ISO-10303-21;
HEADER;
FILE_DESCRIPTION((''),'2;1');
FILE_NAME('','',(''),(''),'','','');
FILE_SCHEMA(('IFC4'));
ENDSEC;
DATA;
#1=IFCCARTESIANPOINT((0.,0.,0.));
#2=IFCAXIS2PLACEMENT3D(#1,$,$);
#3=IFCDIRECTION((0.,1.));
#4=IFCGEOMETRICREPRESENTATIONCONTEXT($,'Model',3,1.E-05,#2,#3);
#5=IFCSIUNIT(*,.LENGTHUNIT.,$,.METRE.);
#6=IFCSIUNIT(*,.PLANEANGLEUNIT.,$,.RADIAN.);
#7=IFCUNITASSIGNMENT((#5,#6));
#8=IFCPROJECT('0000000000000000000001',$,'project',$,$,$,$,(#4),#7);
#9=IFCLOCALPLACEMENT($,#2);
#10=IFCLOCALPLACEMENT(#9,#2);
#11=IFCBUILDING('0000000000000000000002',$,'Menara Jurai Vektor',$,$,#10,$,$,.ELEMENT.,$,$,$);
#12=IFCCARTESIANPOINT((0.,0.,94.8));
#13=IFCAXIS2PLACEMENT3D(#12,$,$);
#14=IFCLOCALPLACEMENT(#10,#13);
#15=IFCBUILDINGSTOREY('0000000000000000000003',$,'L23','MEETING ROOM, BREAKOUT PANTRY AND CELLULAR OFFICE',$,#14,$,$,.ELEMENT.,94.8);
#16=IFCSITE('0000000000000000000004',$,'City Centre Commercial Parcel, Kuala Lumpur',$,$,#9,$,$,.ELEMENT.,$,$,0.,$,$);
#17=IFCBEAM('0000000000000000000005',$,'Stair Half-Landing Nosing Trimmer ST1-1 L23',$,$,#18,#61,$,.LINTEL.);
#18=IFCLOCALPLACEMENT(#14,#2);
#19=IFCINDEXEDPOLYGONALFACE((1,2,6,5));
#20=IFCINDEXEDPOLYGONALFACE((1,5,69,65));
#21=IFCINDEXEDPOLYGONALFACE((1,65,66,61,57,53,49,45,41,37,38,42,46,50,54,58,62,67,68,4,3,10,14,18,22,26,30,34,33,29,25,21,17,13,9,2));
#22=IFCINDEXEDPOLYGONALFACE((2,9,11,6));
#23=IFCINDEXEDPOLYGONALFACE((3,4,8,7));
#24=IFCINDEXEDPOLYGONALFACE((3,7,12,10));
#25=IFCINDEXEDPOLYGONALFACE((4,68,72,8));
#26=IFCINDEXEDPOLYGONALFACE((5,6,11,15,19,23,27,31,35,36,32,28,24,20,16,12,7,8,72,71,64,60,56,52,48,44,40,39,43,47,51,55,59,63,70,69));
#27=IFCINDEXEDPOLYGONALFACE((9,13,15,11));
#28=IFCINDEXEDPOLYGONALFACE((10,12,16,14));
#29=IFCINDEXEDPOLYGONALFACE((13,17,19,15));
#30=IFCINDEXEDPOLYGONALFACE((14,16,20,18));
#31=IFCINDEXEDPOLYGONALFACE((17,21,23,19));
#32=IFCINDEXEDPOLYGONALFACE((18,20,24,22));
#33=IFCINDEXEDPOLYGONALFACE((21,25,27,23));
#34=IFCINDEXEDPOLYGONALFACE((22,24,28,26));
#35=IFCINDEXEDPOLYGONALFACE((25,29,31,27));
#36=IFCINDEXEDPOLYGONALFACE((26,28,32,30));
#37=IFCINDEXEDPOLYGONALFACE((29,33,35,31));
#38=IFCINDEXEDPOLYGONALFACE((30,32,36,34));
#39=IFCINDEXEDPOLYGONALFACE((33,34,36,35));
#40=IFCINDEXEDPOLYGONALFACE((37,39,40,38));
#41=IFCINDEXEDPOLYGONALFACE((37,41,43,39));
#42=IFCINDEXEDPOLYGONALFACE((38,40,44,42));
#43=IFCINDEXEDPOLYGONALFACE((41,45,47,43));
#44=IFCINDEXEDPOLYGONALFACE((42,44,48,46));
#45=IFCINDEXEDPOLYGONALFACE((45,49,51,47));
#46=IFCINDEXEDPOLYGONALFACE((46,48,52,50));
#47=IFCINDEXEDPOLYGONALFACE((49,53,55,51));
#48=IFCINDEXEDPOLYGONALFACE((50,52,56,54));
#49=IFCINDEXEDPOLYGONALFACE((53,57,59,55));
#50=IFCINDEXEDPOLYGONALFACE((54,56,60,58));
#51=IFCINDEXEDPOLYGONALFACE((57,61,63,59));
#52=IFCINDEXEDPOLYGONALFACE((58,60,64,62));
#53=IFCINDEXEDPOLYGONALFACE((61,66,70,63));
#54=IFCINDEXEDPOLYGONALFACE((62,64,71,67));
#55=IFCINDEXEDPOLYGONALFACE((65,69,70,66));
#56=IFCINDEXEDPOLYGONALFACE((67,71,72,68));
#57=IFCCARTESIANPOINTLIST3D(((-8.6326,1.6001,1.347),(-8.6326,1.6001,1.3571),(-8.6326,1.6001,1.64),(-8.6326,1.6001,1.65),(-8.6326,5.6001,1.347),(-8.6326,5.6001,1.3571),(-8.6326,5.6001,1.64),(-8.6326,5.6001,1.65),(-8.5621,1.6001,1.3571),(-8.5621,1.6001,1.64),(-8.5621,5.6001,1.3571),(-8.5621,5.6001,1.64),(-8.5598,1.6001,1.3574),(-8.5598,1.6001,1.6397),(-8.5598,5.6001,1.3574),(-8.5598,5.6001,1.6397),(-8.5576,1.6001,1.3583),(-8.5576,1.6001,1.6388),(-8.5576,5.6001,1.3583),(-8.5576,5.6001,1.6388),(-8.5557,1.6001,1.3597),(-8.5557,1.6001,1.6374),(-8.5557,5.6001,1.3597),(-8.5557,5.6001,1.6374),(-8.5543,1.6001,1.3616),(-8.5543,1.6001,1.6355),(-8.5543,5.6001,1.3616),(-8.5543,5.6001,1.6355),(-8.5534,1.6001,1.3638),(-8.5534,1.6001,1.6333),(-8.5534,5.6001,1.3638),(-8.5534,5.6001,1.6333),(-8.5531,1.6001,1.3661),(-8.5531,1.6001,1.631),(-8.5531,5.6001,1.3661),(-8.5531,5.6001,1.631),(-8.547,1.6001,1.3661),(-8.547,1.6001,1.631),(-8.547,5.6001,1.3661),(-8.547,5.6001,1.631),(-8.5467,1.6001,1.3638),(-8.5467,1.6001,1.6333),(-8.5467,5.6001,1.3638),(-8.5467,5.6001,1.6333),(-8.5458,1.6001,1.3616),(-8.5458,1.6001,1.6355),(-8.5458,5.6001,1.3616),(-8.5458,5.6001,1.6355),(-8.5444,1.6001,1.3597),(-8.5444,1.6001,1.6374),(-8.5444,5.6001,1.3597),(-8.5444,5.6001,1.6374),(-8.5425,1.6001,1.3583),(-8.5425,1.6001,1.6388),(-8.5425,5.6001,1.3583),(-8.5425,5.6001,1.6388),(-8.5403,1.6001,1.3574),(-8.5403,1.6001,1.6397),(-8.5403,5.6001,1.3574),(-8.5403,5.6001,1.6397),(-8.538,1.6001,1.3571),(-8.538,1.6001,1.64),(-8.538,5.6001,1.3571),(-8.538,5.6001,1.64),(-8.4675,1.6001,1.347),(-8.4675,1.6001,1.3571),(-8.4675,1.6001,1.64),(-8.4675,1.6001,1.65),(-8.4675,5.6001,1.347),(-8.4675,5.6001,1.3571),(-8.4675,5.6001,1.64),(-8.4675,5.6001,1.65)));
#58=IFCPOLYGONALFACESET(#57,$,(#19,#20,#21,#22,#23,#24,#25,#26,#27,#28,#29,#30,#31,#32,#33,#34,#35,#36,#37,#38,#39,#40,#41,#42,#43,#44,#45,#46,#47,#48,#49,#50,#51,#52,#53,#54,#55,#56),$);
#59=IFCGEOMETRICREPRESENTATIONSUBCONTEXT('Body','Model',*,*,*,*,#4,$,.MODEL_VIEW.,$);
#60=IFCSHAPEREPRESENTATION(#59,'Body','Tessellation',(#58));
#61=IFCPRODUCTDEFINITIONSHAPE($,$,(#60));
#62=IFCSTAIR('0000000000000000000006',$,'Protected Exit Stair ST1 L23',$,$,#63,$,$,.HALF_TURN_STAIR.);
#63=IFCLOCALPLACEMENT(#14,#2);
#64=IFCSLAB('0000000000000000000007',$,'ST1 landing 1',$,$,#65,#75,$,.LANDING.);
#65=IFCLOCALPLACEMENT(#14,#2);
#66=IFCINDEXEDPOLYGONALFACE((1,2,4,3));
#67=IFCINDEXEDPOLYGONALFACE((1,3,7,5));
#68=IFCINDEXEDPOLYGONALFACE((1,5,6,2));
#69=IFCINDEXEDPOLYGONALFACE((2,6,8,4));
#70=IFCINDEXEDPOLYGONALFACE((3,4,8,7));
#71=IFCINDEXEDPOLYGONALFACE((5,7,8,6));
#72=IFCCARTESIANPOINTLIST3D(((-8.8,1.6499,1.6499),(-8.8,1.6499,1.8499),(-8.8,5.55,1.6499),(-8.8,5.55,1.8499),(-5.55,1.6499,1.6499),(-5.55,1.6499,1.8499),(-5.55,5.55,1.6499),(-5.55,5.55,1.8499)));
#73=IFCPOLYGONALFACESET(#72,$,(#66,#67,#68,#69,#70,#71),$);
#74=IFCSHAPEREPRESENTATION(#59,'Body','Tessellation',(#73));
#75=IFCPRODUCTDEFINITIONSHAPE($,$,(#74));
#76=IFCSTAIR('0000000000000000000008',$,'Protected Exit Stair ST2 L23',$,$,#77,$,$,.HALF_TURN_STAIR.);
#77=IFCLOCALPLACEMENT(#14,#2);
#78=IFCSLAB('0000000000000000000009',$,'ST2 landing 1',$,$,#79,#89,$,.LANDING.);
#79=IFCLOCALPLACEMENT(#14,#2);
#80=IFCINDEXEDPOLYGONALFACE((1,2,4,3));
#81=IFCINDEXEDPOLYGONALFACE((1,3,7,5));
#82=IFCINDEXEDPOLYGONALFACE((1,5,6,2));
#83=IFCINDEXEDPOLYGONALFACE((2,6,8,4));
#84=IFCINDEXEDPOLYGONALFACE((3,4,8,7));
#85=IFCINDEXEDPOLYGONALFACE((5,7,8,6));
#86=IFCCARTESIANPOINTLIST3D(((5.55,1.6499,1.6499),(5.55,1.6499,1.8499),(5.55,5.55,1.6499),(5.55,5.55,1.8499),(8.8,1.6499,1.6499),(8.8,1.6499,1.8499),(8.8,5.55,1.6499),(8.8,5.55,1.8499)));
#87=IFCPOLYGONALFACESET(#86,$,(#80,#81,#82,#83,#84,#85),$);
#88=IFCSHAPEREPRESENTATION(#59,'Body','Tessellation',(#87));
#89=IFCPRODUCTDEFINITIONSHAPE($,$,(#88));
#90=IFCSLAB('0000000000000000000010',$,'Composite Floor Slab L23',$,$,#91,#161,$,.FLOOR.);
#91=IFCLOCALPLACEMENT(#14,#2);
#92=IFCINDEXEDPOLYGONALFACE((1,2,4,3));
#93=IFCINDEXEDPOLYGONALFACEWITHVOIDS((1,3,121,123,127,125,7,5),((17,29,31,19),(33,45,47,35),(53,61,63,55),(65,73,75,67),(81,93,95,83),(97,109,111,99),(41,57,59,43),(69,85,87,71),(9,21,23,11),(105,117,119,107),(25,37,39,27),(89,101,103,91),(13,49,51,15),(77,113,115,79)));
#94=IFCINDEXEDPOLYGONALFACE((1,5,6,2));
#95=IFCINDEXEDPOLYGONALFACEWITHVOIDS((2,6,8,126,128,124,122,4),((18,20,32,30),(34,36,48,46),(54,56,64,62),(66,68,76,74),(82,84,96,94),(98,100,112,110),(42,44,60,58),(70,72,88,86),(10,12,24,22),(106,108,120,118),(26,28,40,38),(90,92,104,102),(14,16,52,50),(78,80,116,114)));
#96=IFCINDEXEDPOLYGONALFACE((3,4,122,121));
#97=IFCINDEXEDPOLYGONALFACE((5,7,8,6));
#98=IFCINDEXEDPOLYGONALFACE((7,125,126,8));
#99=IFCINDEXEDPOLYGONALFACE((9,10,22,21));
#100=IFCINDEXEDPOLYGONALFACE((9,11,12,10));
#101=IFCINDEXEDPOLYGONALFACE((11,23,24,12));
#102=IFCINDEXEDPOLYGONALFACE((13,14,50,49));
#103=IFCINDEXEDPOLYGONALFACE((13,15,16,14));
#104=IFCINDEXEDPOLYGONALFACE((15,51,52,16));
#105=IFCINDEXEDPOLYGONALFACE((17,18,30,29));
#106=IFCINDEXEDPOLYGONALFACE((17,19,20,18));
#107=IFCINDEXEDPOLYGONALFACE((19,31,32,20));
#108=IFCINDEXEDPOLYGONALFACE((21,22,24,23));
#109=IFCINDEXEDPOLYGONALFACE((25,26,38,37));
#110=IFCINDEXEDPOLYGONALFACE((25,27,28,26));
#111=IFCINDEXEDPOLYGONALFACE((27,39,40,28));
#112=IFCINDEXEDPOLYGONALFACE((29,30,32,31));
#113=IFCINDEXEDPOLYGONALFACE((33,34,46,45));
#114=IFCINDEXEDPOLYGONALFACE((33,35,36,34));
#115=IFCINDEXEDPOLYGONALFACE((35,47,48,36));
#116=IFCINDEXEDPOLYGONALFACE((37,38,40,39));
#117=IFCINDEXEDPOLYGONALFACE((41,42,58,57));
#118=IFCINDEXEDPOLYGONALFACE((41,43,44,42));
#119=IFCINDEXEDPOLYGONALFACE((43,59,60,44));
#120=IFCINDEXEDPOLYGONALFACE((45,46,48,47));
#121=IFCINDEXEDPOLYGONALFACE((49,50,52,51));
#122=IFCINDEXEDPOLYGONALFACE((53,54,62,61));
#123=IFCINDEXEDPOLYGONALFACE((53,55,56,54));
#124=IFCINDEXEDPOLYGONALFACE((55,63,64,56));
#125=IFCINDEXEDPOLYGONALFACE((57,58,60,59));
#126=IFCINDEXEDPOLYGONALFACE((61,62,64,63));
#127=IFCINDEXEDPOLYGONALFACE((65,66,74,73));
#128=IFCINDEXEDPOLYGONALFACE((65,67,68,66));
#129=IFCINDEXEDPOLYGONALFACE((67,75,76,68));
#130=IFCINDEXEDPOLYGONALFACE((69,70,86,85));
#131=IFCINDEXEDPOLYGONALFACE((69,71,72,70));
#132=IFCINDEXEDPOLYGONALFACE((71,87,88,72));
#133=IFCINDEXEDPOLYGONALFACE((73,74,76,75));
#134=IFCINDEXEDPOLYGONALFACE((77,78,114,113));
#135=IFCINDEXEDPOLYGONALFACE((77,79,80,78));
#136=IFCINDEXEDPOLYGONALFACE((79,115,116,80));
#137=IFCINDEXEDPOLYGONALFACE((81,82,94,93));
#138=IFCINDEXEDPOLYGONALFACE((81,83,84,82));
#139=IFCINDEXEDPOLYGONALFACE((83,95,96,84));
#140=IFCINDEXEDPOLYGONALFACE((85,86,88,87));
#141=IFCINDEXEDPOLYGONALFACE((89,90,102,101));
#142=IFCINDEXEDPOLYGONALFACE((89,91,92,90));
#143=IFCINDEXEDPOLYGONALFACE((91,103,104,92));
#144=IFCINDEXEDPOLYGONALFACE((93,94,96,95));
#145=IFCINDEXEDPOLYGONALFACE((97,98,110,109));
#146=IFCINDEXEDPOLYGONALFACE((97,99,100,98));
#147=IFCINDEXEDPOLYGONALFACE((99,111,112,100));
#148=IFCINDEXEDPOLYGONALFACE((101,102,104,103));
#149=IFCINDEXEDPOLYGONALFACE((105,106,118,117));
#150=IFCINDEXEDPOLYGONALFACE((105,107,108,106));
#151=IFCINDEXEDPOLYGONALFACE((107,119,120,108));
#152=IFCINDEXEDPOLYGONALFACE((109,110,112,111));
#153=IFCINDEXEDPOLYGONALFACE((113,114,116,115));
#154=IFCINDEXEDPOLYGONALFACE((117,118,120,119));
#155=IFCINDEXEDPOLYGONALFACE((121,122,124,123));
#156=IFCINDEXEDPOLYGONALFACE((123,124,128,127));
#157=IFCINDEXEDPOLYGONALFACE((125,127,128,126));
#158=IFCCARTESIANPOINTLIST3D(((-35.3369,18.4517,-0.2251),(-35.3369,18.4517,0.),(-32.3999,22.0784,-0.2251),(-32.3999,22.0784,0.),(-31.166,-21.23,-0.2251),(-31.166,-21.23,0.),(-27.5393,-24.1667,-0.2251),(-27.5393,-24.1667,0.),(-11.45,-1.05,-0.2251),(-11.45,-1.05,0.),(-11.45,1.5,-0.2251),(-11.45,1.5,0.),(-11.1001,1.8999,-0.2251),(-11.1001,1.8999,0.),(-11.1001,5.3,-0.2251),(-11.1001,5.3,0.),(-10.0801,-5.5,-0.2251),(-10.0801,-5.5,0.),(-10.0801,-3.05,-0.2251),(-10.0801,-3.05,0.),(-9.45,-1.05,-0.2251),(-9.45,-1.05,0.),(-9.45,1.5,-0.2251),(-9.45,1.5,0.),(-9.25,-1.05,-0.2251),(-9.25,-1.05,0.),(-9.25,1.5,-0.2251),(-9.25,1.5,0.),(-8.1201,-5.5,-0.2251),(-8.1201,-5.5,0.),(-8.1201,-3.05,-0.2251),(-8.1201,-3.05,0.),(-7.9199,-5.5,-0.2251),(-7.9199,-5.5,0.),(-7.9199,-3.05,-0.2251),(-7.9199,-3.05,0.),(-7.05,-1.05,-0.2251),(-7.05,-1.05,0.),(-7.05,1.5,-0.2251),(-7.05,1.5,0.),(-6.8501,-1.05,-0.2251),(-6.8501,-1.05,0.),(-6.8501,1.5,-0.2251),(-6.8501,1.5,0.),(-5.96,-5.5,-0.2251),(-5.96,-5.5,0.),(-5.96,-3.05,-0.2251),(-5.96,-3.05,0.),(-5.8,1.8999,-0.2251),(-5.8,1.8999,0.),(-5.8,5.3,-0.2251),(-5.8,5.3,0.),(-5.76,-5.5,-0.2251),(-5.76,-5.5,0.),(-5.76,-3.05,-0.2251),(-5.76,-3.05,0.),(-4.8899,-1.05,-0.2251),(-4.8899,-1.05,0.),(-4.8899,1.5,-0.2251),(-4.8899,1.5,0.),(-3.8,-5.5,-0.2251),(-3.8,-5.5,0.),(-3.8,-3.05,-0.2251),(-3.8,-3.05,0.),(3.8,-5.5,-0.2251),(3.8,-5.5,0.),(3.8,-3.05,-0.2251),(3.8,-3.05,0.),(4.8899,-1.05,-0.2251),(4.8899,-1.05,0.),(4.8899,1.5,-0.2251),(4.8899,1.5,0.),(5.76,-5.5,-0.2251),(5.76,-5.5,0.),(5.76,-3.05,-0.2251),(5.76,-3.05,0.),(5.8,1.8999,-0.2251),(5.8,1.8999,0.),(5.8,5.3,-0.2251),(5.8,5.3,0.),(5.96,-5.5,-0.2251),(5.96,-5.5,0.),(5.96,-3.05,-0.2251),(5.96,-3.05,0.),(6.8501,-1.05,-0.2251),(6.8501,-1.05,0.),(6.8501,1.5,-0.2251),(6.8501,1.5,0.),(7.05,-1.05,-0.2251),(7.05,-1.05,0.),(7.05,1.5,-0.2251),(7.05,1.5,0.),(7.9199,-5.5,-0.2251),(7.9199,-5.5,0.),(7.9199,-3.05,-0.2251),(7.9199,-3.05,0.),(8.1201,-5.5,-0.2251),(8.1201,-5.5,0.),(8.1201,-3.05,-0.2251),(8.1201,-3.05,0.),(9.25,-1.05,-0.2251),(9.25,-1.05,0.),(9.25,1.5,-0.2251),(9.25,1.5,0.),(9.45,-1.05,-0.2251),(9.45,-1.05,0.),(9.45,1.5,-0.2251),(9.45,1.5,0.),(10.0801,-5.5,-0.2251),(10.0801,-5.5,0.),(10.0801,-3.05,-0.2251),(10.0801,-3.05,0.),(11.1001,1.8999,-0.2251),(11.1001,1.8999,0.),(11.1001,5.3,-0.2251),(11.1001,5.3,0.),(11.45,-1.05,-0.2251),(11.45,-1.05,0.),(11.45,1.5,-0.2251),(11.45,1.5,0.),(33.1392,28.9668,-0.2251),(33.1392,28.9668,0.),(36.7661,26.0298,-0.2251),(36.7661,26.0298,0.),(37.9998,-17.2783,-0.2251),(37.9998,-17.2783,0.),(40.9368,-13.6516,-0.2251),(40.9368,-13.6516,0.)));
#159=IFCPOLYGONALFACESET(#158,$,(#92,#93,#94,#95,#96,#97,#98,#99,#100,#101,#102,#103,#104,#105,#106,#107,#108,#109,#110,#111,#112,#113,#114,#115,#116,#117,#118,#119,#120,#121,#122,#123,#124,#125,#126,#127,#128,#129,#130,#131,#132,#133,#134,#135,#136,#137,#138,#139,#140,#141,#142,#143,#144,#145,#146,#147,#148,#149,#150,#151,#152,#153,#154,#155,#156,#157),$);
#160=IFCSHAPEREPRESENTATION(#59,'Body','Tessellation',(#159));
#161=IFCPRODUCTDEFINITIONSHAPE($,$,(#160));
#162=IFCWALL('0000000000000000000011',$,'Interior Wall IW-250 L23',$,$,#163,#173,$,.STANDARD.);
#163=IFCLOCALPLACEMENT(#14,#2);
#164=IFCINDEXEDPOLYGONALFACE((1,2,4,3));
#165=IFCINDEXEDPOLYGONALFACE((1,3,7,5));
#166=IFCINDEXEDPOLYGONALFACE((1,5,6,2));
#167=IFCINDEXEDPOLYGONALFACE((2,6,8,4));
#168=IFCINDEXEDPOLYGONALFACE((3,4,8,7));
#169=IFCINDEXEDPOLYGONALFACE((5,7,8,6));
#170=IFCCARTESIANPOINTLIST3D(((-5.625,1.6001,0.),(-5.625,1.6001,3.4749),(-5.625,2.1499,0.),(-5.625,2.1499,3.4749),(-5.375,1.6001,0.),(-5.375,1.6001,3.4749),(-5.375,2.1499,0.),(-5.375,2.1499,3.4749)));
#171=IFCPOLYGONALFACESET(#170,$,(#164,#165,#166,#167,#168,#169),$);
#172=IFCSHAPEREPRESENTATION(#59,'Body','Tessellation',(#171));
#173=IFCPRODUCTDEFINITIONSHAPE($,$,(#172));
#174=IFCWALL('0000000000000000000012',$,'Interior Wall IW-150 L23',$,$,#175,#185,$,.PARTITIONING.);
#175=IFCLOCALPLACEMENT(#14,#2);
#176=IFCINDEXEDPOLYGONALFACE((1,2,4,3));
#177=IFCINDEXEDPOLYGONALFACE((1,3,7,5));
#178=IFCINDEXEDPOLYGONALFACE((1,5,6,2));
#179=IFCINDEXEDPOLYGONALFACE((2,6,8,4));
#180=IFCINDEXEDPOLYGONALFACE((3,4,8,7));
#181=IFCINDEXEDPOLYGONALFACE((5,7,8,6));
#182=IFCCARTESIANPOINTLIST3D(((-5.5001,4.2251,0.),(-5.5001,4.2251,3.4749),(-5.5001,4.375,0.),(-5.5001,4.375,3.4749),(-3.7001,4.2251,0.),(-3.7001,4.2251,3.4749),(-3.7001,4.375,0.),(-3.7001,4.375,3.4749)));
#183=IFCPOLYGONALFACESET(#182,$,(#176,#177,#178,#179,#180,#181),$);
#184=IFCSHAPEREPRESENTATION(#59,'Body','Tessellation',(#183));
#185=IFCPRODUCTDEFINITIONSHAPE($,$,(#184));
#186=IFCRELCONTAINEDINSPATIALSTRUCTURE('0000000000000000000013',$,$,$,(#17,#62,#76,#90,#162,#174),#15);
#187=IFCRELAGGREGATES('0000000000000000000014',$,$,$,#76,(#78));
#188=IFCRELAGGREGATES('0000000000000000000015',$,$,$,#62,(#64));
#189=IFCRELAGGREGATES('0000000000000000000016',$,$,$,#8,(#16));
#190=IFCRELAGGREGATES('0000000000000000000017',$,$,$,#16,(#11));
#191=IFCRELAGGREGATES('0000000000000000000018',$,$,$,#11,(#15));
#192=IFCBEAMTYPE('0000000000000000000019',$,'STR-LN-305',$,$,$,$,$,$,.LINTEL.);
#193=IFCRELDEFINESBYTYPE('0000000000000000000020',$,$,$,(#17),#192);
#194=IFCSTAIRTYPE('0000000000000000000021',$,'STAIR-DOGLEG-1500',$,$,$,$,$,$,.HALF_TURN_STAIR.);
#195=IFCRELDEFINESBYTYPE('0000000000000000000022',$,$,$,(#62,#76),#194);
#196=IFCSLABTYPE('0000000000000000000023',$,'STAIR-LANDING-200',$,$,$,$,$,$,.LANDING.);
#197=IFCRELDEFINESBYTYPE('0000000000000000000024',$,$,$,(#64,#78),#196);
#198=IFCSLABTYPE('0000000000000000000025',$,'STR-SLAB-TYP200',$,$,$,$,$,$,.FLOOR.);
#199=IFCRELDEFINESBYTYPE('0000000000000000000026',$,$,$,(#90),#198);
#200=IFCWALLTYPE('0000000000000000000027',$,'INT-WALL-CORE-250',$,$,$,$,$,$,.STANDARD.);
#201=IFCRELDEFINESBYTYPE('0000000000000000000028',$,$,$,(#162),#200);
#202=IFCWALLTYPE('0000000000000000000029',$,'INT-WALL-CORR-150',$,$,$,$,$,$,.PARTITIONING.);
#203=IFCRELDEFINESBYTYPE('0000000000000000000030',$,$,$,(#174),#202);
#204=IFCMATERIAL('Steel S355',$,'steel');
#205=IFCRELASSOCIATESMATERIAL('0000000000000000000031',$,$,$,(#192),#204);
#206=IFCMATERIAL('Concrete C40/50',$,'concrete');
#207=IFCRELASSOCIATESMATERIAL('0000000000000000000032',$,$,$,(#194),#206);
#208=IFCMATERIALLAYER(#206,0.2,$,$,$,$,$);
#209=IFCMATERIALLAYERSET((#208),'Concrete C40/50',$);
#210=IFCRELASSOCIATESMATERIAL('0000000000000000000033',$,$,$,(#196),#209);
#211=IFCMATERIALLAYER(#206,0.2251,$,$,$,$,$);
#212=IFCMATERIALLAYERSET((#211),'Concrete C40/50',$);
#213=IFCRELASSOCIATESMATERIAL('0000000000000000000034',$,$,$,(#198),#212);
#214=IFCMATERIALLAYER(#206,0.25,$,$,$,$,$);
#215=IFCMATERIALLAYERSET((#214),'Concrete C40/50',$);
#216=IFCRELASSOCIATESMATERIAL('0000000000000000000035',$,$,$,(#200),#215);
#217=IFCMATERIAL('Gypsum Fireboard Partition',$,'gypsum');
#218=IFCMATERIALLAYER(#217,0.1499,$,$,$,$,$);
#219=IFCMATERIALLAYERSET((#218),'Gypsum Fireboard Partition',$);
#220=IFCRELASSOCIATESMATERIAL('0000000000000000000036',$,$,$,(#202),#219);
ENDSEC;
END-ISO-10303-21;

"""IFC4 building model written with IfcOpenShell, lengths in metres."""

from ifc_helpers import new_model, si_unit, direction, frame, frame_2d, origin, origin_2d, place, context, subcontext, project, spatial, polyline, rectangle, i_section, outline, extrude, material, layer, layer_set, material_profile, profile_set, type_object, element, aggregate, save


model = new_model("IFC4")

# Units and contexts
model_context = context("Model", 3, precision=1e-05, world=origin(), true_north=direction((0.0, 1.0)))
body_context = subcontext(model_context, "Body", "Model", "MODEL_VIEW")
ifc_project = project(units=[si_unit("LENGTHUNIT", "METRE"), si_unit("PLANEANGLEUNIT", "RADIAN")], contexts=[model_context])

# Site, building, storey
site_placement = place(None, origin())
site = spatial("IfcSite", under=ifc_project, at=site_placement, Name="City Centre Commercial Parcel, Kuala Lumpur", CompositionType="ELEMENT", RefElevation=0.0)
building_placement = place(site_placement, origin())
building = spatial("IfcBuilding", under=site, at=building_placement, Name="Menara Jurai Vektor", CompositionType="ELEMENT")
storey_placement = place(building_placement, frame((0.0, 0.0, 94.8)))
storey = spatial("IfcBuildingStorey", under=building, at=storey_placement, Name="L23", Description="MEETING ROOM, BREAKOUT PANTRY AND CELLULAR OFFICE", CompositionType="ELEMENT", Elevation=94.8)

# Shared definitions
ifc_material_1 = material(Name="Steel S355", Category="steel")

# Beam
ifc_material_profile_1 = material_profile(ifc_material_1, i_section(OverallWidth=0.165, OverallDepth=0.303, WebThickness=0.0061, FlangeThickness=0.01, FilletRadius=0.009, at=origin_2d()), Name="UKB 305x165x40")
ifc_profile_set_1 = profile_set([ifc_material_profile_1], Name="Steel S355")
beam_type_1 = type_object("IfcBeamType", Name="STR-LN-305", PredefinedType="LINTEL", material=ifc_profile_set_1)
beam_1_placement = place(storey_placement, frame((-8.55, 1.6001, 1.4985), z_axis=(0.0, 1.0, 0.0), x_axis=(-1.0, 0.0, 0.0)))
element("IfcBeam", 1, at=beam_1_placement, inside=storey, type_object=beam_type_1, Name="Stair Half-Landing Nosing Trimmer ST1-1 L23", PredefinedType="LINTEL", context=body_context, shape_type="SweptSolid", body=[
    extrude(i_section(OverallWidth=0.165, OverallDepth=0.303, WebThickness=0.0061, FlangeThickness=0.01, FilletRadius=0.009, at=origin_2d()), origin(), (0.0, 0.0, 1.0), 4.0),
])

# Stairs, slabs
ifc_material_2 = material(Name="Concrete C40/50", Category="concrete")
stair_type = type_object("IfcStairType", Name="STAIR-DOGLEG-1500", PredefinedType="HALF_TURN_STAIR", material=ifc_material_2)
stair_1_placement = place(storey_placement, origin())
stair_1 = element("IfcStair", 2, at=stair_1_placement, inside=storey, type_object=stair_type, Name="Protected Exit Stair ST1 L23", PredefinedType="HALF_TURN_STAIR")
ifc_layer_1 = layer(ifc_material_2, 0.2)
ifc_layer_set_1 = layer_set([ifc_layer_1], Name="Concrete C40/50")
slab_type_1 = type_object("IfcSlabType", Name="STAIR-LANDING-200", PredefinedType="LANDING", material=ifc_layer_set_1)
slab_1_placement = place(storey_placement, frame((0.0, 0.0, 1.6499)))
slab_1 = element("IfcSlab", 3, at=slab_1_placement, type_object=slab_type_1, Name="ST1 landing 1", PredefinedType="LANDING", context=body_context, shape_type="SweptSolid", body=[
    extrude(outline(polyline([(-8.8, 1.6499), (-5.55, 1.6499), (-5.55, 5.55), (-8.8, 5.55), (-8.8, 1.6499)])), origin(), (0.0, 0.0, 1.0), 0.2),
])
stair_2_placement = place(storey_placement, origin())
stair_2 = element("IfcStair", 4, at=stair_2_placement, inside=storey, type_object=stair_type, Name="Protected Exit Stair ST2 L23", PredefinedType="HALF_TURN_STAIR")
slab_2_placement = place(storey_placement, frame((0.0, 0.0, 1.6499)))
slab_2 = element("IfcSlab", 5, at=slab_2_placement, type_object=slab_type_1, Name="ST2 landing 1", PredefinedType="LANDING", context=body_context, shape_type="SweptSolid", body=[
    extrude(outline(polyline([(5.55, 1.6499), (8.8, 1.6499), (8.8, 5.55), (5.55, 5.55), (5.55, 1.6499)])), origin(), (0.0, 0.0, 1.0), 0.2),
])
aggregate(stair_2, [slab_2])

# Slab
ifc_layer_2 = layer(ifc_material_2, 0.2251)
ifc_layer_set_2 = layer_set([ifc_layer_2], Name="Concrete C40/50")
slab_type_2 = type_object("IfcSlabType", Name="STR-SLAB-TYP200", PredefinedType="FLOOR", material=ifc_layer_set_2)
slab_3_placement = place(storey_placement, frame((0.0, 0.0, -0.2251)))
element("IfcSlab", 6, at=slab_3_placement, inside=storey, type_object=slab_type_2, Name="Composite Floor Slab L23", PredefinedType="FLOOR", context=body_context, shape_type="SweptSolid", body=[
    extrude(outline(polyline([(-27.5393, -24.1667), (37.9998, -17.2783), (40.9368, -13.6516), (36.7661, 26.0298), (33.1392, 28.9668), (-32.3999, 22.0784), (-35.3369, 18.4517), (-31.166, -21.23), (-27.5393, -24.1667)]), holes=[polyline([(-11.1001, 1.8999), (-11.1001, 5.3), (-5.8, 5.3), (-5.8, 1.8999), (-11.1001, 1.8999)]), polyline([(5.8, 1.8999), (5.8, 5.3), (11.1001, 5.3), (11.1001, 1.8999), (5.8, 1.8999)]), polyline([(-11.45, -1.05), (-11.45, 1.5), (-9.45, 1.5), (-9.45, -1.05), (-11.45, -1.05)]), polyline([(9.45, -1.05), (9.45, 1.5), (11.45, 1.5), (11.45, -1.05), (9.45, -1.05)]), polyline([(-5.76, -5.5), (-5.76, -3.05), (-3.8, -3.05), (-3.8, -5.5), (-5.76, -5.5)]), polyline([(-6.8501, -1.05), (-6.8501, 1.5), (-4.8899, 1.5), (-4.8899, -1.05), (-6.8501, -1.05)]), polyline([(3.8, -5.5), (3.8, -3.05), (5.76, -3.05), (5.76, -5.5), (3.8, -5.5)]), polyline([(4.8899, -1.05), (4.8899, 1.5), (6.8501, 1.5), (6.8501, -1.05), (4.8899, -1.05)]), polyline([(-10.0801, -5.5), (-10.0801, -3.05), (-8.1201, -3.05), (-8.1201, -5.5), (-10.0801, -5.5)]), polyline([(-7.9199, -5.5), (-7.9199, -3.05), (-5.96, -3.05), (-5.96, -5.5), (-7.9199, -5.5)]), polyline([(5.96, -5.5), (5.96, -3.05), (7.9199, -3.05), (7.9199, -5.5), (5.96, -5.5)]), polyline([(8.1201, -5.5), (8.1201, -3.05), (10.0801, -3.05), (10.0801, -5.5), (8.1201, -5.5)]), polyline([(-9.25, -1.05), (-9.25, 1.5), (-7.05, 1.5), (-7.05, -1.05), (-9.25, -1.05)]), polyline([(7.05, -1.05), (7.05, 1.5), (9.25, 1.5), (9.25, -1.05), (7.05, -1.05)])]), origin(), (0.0, 0.0, 1.0), 0.2251),
])

# Shared definitions
ifc_layer_3 = layer(ifc_material_2, 0.25)
ifc_layer_set_3 = layer_set([ifc_layer_3], Name="Concrete C40/50")
wall_type_1 = type_object("IfcWallType", Name="INT-WALL-CORE-250", PredefinedType="STANDARD", material=ifc_layer_set_3)

# Walls
wall_1_placement = place(storey_placement, frame((-5.5, 1.6001, 0.0), z_axis=(0.0, 0.0, 1.0), x_axis=(0.0, 1.0, 0.0)))
element("IfcWall", 7, at=wall_1_placement, inside=storey, type_object=wall_type_1, Name="Interior Wall IW-250 L23", PredefinedType="STANDARD", context=body_context, shape_type="SweptSolid", body=[
    extrude(rectangle(XDim=0.5498, YDim=0.25, at=frame_2d((0.2749, 0.0))), origin(), (0.0, 0.0, 1.0), 3.4749),
])
ifc_material_3 = material(Name="Gypsum Fireboard Partition", Category="gypsum")
ifc_layer_4 = layer(ifc_material_3, 0.1499)
ifc_layer_set_4 = layer_set([ifc_layer_4], Name="Gypsum Fireboard Partition")
wall_type_2 = type_object("IfcWallType", Name="INT-WALL-CORR-150", PredefinedType="PARTITIONING", material=ifc_layer_set_4)
for number, where, z_axis, x_axis, name in (
    (8, (-5.5, 4.3, 0.0), (0.0, 0.0, 1.0), (1.0, 0.0, 0.0), "Interior Wall IW-150 L23"),
):
    element("IfcWall", number, at=place(storey_placement, frame(where, z_axis=z_axis, x_axis=x_axis)), inside=storey, type_object=wall_type_2, Name=name, PredefinedType="PARTITIONING", context=body_context, shape_type="SweptSolid", body=[
        extrude(rectangle(XDim=1.8, YDim=0.1499, at=frame_2d((0.8999, 0.0))), origin(), (0.0, 0.0, 1.0), 3.4749),
    ])

aggregate(stair_1, [slab_1])

save(model, "model.ifc")
